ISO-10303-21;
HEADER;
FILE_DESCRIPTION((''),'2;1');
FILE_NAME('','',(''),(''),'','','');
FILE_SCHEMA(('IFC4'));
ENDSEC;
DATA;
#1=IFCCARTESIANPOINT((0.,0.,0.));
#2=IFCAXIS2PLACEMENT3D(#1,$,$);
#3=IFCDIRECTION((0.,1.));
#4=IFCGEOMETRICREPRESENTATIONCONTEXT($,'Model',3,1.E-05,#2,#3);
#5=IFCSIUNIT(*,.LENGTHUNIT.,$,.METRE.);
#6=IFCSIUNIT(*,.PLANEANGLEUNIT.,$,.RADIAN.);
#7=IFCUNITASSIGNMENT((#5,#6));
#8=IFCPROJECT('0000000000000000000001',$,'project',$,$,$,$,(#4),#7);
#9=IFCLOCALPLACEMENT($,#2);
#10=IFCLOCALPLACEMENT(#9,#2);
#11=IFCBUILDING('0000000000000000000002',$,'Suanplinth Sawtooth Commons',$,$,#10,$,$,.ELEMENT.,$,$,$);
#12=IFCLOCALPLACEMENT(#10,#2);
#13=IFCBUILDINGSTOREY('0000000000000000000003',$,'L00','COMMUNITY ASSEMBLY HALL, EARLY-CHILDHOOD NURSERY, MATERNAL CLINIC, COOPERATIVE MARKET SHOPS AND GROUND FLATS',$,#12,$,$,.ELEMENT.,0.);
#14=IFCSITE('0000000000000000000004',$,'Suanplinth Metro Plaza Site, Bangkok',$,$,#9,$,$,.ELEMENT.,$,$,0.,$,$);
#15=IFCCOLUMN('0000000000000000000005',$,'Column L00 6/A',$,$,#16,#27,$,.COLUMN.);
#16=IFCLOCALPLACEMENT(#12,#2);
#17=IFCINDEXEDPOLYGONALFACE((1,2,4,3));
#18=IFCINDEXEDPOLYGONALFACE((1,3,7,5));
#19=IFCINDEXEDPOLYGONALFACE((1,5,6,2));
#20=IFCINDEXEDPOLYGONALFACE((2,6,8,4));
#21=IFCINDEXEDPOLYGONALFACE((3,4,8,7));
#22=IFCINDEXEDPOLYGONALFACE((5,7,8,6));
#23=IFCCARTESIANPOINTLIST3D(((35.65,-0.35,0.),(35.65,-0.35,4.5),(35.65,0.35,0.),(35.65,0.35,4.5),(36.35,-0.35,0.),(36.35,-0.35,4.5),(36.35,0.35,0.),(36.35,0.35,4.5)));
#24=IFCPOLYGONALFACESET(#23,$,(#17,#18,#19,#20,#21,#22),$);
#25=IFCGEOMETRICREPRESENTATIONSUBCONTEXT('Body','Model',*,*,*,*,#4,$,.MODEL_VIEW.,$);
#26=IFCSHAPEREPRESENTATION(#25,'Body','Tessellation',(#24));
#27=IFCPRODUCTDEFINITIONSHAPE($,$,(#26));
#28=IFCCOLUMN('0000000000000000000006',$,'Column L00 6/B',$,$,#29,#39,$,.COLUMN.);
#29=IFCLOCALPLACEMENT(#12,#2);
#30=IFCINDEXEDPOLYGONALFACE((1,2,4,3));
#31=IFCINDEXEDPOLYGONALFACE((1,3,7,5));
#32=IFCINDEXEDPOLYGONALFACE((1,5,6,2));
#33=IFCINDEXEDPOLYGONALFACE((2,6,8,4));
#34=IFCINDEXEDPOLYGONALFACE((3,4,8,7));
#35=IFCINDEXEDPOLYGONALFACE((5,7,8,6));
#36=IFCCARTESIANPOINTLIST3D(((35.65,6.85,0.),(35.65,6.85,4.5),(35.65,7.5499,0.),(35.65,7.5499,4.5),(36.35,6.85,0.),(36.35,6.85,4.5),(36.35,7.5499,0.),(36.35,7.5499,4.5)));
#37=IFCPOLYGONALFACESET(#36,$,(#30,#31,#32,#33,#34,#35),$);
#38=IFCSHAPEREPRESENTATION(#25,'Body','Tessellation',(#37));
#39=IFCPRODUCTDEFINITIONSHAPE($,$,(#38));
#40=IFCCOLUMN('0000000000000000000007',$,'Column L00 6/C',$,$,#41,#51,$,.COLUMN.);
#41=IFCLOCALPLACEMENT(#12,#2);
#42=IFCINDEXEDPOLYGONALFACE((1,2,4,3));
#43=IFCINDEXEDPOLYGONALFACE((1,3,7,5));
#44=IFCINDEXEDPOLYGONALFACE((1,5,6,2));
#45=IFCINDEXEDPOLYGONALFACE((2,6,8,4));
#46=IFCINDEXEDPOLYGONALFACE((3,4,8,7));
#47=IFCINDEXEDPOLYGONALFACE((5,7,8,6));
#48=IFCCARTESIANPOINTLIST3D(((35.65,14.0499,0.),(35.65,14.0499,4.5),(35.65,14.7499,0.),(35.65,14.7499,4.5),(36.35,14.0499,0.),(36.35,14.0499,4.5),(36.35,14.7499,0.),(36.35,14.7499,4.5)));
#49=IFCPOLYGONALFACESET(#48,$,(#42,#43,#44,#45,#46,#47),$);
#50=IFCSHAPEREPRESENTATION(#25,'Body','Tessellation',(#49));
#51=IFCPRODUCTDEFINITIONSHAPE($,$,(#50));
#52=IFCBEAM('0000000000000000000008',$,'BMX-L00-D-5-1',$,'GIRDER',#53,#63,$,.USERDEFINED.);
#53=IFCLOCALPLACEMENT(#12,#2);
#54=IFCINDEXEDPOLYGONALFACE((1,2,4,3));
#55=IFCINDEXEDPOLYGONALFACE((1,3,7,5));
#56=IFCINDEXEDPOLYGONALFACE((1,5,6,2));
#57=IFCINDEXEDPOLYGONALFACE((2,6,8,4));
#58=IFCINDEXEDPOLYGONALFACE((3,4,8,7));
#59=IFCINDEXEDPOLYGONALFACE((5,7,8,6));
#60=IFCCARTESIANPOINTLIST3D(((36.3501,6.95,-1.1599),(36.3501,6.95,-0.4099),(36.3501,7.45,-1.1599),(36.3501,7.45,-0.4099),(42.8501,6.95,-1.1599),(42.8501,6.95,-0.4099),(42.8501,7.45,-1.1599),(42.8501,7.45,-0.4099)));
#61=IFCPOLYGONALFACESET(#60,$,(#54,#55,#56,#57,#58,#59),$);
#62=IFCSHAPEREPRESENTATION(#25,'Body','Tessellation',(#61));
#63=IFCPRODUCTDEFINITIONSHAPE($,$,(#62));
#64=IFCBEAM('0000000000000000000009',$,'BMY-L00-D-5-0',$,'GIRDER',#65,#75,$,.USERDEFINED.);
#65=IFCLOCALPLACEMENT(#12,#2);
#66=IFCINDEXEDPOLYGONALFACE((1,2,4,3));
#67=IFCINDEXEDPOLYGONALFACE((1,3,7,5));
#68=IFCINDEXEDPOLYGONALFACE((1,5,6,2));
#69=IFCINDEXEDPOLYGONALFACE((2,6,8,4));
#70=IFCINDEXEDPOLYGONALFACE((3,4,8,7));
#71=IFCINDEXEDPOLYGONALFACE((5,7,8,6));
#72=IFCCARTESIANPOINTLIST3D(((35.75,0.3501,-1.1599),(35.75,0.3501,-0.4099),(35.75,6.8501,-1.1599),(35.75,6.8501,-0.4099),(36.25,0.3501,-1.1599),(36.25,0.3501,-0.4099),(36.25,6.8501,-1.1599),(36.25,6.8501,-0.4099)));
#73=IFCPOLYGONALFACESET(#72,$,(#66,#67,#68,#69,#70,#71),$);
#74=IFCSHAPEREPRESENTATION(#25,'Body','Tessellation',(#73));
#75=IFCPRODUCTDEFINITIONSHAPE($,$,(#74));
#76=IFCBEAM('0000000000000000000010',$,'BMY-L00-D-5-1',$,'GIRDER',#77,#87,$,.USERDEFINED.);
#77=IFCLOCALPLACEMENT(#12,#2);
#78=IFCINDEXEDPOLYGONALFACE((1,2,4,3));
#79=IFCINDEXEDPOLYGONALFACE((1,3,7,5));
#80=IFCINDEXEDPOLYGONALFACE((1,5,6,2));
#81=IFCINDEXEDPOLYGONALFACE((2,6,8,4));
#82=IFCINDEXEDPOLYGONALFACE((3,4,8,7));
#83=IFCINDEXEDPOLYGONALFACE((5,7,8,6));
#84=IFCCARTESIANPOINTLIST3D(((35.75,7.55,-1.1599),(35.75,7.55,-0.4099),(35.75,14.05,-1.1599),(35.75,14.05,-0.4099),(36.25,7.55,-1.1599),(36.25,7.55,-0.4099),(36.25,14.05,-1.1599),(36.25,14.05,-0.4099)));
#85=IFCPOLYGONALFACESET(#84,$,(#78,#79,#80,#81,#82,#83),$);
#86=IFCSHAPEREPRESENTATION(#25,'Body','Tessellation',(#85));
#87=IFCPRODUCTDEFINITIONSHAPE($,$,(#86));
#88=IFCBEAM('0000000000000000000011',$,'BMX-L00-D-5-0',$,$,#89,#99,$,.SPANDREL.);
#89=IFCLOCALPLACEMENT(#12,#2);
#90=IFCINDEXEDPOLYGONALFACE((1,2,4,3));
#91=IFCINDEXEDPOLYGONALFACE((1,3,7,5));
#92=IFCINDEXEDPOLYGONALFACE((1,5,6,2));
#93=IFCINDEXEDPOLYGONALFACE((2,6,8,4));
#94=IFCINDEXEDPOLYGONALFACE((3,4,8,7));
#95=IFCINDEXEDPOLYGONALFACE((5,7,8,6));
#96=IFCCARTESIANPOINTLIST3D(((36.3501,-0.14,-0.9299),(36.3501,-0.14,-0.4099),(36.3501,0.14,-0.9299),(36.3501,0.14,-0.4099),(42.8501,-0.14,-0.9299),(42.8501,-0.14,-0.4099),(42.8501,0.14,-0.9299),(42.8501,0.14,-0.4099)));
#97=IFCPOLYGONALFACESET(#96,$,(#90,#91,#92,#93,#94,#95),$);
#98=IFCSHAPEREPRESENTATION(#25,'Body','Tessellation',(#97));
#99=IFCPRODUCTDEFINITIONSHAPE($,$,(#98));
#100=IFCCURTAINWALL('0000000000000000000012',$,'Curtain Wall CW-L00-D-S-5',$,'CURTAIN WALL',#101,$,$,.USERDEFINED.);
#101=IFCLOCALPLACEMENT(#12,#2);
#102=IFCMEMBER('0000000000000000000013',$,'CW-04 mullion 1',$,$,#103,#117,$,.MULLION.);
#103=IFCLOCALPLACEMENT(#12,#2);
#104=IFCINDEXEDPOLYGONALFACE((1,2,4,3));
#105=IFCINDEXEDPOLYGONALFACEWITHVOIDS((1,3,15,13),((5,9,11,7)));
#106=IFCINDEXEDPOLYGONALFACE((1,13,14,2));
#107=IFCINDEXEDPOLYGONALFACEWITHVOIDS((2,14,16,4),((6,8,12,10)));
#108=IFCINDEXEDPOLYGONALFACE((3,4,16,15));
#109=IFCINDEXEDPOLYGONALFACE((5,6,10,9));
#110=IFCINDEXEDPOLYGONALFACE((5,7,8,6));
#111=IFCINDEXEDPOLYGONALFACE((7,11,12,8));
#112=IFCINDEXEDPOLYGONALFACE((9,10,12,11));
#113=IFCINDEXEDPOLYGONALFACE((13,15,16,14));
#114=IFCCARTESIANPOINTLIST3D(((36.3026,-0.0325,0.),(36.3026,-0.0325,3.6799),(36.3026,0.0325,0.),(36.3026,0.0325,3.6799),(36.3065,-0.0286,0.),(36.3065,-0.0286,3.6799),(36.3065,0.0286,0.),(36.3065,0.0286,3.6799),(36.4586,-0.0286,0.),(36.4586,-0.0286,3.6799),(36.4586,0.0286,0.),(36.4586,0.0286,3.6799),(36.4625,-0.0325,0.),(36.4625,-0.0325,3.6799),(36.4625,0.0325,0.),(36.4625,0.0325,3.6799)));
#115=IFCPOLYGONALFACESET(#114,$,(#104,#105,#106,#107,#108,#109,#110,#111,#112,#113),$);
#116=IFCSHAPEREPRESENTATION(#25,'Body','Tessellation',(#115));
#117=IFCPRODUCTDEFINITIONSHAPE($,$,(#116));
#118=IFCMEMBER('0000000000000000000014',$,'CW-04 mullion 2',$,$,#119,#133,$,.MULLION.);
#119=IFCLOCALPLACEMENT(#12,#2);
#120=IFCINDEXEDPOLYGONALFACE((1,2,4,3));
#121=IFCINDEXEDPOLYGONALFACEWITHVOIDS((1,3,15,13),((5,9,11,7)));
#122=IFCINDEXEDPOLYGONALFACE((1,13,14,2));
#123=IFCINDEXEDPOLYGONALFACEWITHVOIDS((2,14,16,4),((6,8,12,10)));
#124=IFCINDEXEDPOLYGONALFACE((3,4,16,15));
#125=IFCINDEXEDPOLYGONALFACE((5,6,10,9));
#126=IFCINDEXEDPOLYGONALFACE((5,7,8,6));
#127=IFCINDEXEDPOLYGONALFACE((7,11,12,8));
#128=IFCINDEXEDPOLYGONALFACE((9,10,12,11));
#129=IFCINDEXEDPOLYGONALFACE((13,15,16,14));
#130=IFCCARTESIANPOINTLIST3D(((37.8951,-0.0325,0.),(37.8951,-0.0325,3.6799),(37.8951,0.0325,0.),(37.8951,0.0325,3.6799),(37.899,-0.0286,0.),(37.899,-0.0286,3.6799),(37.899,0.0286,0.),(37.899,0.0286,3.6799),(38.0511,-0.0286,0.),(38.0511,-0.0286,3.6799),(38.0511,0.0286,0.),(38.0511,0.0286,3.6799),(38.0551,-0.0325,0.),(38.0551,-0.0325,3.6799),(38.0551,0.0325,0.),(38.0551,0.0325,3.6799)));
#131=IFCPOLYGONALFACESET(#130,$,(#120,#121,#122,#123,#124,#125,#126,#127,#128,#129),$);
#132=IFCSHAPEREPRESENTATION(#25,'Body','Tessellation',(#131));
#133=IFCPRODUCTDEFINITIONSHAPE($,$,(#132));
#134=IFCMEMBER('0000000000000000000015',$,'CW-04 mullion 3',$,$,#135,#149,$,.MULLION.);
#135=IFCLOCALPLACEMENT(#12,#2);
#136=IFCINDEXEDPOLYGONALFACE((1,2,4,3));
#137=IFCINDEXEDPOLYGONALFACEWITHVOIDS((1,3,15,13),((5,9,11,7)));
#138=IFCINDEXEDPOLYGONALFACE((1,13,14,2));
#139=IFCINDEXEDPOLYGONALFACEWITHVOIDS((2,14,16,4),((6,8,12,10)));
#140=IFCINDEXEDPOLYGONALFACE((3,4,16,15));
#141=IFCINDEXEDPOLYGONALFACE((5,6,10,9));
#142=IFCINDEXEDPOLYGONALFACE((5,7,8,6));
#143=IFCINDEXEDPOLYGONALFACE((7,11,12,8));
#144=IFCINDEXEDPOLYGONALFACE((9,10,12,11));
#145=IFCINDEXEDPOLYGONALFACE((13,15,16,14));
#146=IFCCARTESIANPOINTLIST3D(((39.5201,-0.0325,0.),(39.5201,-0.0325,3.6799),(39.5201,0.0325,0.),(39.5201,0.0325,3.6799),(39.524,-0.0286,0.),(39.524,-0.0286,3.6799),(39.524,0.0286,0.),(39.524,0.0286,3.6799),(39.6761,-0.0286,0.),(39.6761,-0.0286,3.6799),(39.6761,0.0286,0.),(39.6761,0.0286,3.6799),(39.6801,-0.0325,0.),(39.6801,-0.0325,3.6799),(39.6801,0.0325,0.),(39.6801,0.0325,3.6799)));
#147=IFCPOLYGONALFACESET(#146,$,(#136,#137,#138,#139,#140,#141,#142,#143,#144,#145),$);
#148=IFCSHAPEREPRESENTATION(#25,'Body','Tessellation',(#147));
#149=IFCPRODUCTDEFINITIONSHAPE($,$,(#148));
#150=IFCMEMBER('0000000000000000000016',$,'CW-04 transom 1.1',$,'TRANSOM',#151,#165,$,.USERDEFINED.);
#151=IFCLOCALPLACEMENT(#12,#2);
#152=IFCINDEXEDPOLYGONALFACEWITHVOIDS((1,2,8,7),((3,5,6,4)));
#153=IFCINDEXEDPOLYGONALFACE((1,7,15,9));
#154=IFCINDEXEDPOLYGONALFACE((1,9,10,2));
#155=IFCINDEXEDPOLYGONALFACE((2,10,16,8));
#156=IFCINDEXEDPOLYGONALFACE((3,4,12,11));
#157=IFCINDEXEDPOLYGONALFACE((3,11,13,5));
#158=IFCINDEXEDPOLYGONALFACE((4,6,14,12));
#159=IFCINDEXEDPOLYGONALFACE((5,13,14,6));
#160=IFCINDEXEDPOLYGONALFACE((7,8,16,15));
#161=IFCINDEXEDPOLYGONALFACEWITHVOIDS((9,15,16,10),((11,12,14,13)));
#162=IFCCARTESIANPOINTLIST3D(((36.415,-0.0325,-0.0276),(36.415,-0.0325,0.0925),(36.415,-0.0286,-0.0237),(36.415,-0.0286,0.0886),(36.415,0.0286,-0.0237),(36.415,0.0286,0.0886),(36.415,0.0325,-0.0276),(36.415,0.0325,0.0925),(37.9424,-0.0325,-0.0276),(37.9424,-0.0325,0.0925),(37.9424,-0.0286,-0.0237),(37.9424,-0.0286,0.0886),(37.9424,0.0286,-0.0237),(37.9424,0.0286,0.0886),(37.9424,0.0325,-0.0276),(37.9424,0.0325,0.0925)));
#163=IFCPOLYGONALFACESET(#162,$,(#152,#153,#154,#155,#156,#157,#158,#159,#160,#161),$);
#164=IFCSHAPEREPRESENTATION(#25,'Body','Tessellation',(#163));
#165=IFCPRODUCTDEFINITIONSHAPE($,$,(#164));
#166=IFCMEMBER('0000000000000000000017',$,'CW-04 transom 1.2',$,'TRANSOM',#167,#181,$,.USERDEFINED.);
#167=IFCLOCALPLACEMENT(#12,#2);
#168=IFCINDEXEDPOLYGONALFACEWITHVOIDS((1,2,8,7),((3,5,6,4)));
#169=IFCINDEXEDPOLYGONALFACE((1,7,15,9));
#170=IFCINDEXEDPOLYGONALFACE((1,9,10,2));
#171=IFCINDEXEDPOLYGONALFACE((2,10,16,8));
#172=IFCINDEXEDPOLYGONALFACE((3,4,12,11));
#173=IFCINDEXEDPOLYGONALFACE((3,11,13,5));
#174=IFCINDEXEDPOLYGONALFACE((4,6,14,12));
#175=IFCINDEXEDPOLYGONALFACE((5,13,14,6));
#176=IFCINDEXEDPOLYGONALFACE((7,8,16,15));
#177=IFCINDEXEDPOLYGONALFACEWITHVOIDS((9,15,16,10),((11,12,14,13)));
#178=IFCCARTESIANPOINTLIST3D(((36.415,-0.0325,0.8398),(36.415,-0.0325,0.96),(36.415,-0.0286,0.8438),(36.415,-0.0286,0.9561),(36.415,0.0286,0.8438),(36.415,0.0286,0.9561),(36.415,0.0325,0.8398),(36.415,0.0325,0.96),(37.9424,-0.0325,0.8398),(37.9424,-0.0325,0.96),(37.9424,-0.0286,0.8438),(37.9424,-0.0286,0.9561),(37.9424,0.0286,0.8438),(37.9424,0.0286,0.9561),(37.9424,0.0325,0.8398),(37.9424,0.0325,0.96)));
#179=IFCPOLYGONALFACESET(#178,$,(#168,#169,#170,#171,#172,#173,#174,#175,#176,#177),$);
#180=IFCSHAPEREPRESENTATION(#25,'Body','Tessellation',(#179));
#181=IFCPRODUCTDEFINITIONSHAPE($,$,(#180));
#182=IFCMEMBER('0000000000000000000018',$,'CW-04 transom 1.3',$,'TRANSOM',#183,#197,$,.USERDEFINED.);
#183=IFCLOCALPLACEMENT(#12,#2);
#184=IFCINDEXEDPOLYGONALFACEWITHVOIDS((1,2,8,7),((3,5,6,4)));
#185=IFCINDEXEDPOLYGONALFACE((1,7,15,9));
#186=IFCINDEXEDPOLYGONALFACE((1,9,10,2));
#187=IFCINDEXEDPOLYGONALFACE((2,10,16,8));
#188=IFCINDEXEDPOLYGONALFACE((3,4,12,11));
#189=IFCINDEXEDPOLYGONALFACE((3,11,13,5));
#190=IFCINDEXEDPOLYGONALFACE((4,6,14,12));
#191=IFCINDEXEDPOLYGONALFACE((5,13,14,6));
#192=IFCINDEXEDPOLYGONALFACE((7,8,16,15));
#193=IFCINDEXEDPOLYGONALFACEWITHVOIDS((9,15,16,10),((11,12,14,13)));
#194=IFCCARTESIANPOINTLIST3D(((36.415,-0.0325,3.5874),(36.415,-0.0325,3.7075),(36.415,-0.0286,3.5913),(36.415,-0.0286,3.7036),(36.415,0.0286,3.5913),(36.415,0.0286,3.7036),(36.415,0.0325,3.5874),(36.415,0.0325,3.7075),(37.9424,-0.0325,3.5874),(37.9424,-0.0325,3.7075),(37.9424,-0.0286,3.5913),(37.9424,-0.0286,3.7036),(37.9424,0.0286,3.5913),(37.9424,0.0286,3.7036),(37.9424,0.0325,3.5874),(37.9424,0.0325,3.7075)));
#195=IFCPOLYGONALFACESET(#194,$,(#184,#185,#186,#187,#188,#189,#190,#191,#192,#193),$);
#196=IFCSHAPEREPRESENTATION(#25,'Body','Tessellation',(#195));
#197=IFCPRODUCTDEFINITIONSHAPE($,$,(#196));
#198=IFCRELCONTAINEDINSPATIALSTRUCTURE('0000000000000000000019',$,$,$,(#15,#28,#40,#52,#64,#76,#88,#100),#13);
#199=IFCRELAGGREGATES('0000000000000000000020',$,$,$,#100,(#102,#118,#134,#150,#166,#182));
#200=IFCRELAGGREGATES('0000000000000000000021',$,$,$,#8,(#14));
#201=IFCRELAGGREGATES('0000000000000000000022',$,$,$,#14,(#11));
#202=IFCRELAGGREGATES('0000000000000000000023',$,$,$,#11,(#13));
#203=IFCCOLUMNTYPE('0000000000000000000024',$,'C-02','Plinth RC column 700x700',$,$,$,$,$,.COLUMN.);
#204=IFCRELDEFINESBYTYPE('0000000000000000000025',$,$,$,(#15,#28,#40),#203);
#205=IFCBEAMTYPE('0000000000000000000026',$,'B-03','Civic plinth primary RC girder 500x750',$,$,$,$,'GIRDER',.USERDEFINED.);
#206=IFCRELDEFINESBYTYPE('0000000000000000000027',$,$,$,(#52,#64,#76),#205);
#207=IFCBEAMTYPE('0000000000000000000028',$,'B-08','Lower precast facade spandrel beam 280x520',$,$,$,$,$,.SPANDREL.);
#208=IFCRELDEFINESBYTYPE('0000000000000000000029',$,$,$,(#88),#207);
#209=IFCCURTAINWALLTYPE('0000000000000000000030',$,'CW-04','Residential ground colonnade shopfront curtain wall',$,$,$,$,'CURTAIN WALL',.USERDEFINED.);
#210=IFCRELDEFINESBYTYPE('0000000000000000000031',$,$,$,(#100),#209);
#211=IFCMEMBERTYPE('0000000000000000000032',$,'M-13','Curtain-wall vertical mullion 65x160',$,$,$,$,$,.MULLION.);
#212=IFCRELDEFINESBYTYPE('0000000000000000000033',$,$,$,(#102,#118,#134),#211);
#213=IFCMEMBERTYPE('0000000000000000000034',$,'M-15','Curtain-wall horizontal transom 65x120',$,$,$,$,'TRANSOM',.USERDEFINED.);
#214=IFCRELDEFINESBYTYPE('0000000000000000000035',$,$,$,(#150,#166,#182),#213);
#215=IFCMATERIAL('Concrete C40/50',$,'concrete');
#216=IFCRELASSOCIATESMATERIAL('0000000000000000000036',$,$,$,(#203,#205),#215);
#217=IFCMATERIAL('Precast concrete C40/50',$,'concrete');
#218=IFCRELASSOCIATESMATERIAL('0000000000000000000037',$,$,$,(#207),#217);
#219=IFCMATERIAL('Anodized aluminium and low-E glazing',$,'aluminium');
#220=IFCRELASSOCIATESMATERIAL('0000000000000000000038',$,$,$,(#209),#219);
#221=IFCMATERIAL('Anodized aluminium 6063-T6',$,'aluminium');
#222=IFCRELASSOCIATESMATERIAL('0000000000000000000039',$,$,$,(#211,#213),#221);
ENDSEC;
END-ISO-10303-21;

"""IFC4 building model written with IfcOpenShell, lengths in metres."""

from ifc_helpers import new_model, si_unit, direction, frame, origin, origin_2d, place, context, subcontext, project, spatial, rectangle, hollow_rectangle, extrude, material, material_profile, profile_set, type_object, element, aggregate, save


model = new_model("IFC4")

# Units and contexts
model_context = context("Model", 3, precision=1e-05, world=origin(), true_north=direction((0.0, 1.0)))
body_context = subcontext(model_context, "Body", "Model", "MODEL_VIEW")
ifc_project = project(units=[si_unit("LENGTHUNIT", "METRE"), si_unit("PLANEANGLEUNIT", "RADIAN")], contexts=[model_context])

# Site, building, storey
site_placement = place(None, origin())
site = spatial("IfcSite", under=ifc_project, at=site_placement, Name="Suanplinth Metro Plaza Site, Bangkok", CompositionType="ELEMENT", RefElevation=0.0)
building_placement = place(site_placement, origin())
building = spatial("IfcBuilding", under=site, at=building_placement, Name="Suanplinth Sawtooth Commons", CompositionType="ELEMENT")
storey_placement = place(building_placement, origin())
storey = spatial("IfcBuildingStorey", under=building, at=storey_placement, Name="L00", Description="COMMUNITY ASSEMBLY HALL, EARLY-CHILDHOOD NURSERY, MATERNAL CLINIC, COOPERATIVE MARKET SHOPS AND GROUND FLATS", CompositionType="ELEMENT", Elevation=0.0)

# Columns
ifc_material_1 = material(Name="Concrete C40/50", Category="concrete")
ifc_material_profile_1 = material_profile(ifc_material_1, rectangle(XDim=0.7, YDim=0.7, at=origin_2d()), Name="RC-COL 700x700")
ifc_profile_set_1 = profile_set([ifc_material_profile_1], Name="Concrete C40/50")
column_type = type_object("IfcColumnType", Name="C-02", Description="Plinth RC column 700x700", PredefinedType="COLUMN", material=ifc_profile_set_1)
for number, where, z_axis, x_axis, name in (
    (1, (36.0, 0.0, 0.0), (0.0, 0.0, 1.0), (1.0, 0.0, 0.0), "Column L00 6/A"),
    (2, (36.0, 7.2, 0.0), (0.0, 0.0, 1.0), (1.0, 0.0, 0.0), "Column L00 6/B"),
    (3, (36.0, 14.3999, 0.0), (0.0, 0.0, 1.0), (1.0, 0.0, 0.0), "Column L00 6/C"),
):
    element("IfcColumn", number, at=place(storey_placement, frame(where, z_axis=z_axis, x_axis=x_axis)), inside=storey, type_object=column_type, Name=name, PredefinedType="COLUMN", context=body_context, shape_type="SweptSolid", body=[
        extrude(rectangle(XDim=0.7, YDim=0.7, at=origin_2d()), origin(), (0.0, 0.0, 1.0), 4.5),
    ])

# Beams
ifc_material_profile_2 = material_profile(ifc_material_1, rectangle(XDim=0.5, YDim=0.75, at=origin_2d()), Name="RC-GDR 500x750")
ifc_profile_set_2 = profile_set([ifc_material_profile_2], Name="Concrete C40/50")
beam_type_1 = type_object("IfcBeamType", Name="B-03", Description="Civic plinth primary RC girder 500x750", ElementType="GIRDER", PredefinedType="USERDEFINED", material=ifc_profile_set_2)
for number, where, z_axis, x_axis, name in (
    (4, (36.3501, 7.2, -0.7849), (1.0, 0.0, 0.0), (0.0, 1.0, 0.0), "BMX-L00-D-5-1"),
    (5, (36.0, 0.3501, -0.7849), (0.0, 1.0, 0.0), (-1.0, 0.0, 0.0), "BMY-L00-D-5-0"),
    (6, (36.0, 7.55, -0.7849), (0.0, 1.0, 0.0), (-1.0, 0.0, 0.0), "BMY-L00-D-5-1"),
):
    element("IfcBeam", number, at=place(storey_placement, frame(where, z_axis=z_axis, x_axis=x_axis)), inside=storey, type_object=beam_type_1, Name=name, ObjectType="GIRDER", PredefinedType="USERDEFINED", context=body_context, shape_type="SweptSolid", body=[
        extrude(rectangle(XDim=0.5, YDim=0.75, at=origin_2d()), origin(), (0.0, 0.0, 1.0), 6.5),
    ])
ifc_material_2 = material(Name="Precast concrete C40/50", Category="concrete")
ifc_material_profile_3 = material_profile(ifc_material_2, rectangle(XDim=0.28, YDim=0.52, at=origin_2d()), Name="PC-SP 280x520")
ifc_profile_set_3 = profile_set([ifc_material_profile_3], Name="Precast concrete C40/50")
beam_type_2 = type_object("IfcBeamType", Name="B-08", Description="Lower precast facade spandrel beam 280x520", PredefinedType="SPANDREL", material=ifc_profile_set_3)
beam_placement = place(storey_placement, frame((36.3501, 0.0, -0.6699), z_axis=(1.0, 0.0, 0.0), x_axis=(0.0, 1.0, 0.0)))
element("IfcBeam", 7, at=beam_placement, inside=storey, type_object=beam_type_2, Name="BMX-L00-D-5-0", PredefinedType="SPANDREL", context=body_context, shape_type="SweptSolid", body=[
    extrude(rectangle(XDim=0.28, YDim=0.52, at=origin_2d()), origin(), (0.0, 0.0, 1.0), 6.5),
])

# Curtain wall, members
ifc_material_3 = material(Name="Anodized aluminium and low-E glazing", Category="aluminium")
curtain_wall_type = type_object("IfcCurtainWallType", Name="CW-04", Description="Residential ground colonnade shopfront curtain wall", ElementType="CURTAIN WALL", PredefinedType="USERDEFINED", material=ifc_material_3)
curtain_wall_placement = place(storey_placement, origin())
curtain_wall = element("IfcCurtainWall", 8, at=curtain_wall_placement, inside=storey, type_object=curtain_wall_type, Name="Curtain Wall CW-L00-D-S-5", ObjectType="CURTAIN WALL", PredefinedType="USERDEFINED")
ifc_material_4 = material(Name="Anodized aluminium 6063-T6", Category="aluminium")
ifc_material_profile_4 = material_profile(ifc_material_4, hollow_rectangle(XDim=0.0649, YDim=0.1599, WallThickness=0.0039, at=origin_2d()), Name="ALU-MUL 65x160")
ifc_profile_set_4 = profile_set([ifc_material_profile_4], Name="Anodized aluminium 6063-T6")
member_type_1 = type_object("IfcMemberType", Name="M-13", Description="Curtain-wall vertical mullion 65x160", PredefinedType="MULLION", material=ifc_profile_set_4)
member_1_placement = place(storey_placement, frame((36.3826, 0.0, 0.0), z_axis=(0.0, 0.0, 1.0), x_axis=(0.0, 1.0, 0.0)))
member_1 = element("IfcMember", 9, at=member_1_placement, type_object=member_type_1, Name="CW-04 mullion 1", PredefinedType="MULLION", context=body_context, shape_type="SweptSolid", body=[
    extrude(hollow_rectangle(XDim=0.0649, YDim=0.1599, WallThickness=0.0039, at=origin_2d()), origin(), (0.0, 0.0, 1.0), 3.6799),
])
member_2_placement = place(storey_placement, frame((37.9751, 0.0, 0.0), z_axis=(0.0, 0.0, 1.0), x_axis=(0.0, 1.0, 0.0)))
member_2 = element("IfcMember", 10, at=member_2_placement, type_object=member_type_1, Name="CW-04 mullion 2", PredefinedType="MULLION", context=body_context, shape_type="SweptSolid", body=[
    extrude(hollow_rectangle(XDim=0.0649, YDim=0.1599, WallThickness=0.0039, at=origin_2d()), origin(), (0.0, 0.0, 1.0), 3.6799),
])
member_3_placement = place(storey_placement, frame((39.6001, 0.0, 0.0), z_axis=(0.0, 0.0, 1.0), x_axis=(0.0, 1.0, 0.0)))
member_3 = element("IfcMember", 11, at=member_3_placement, type_object=member_type_1, Name="CW-04 mullion 3", PredefinedType="MULLION", context=body_context, shape_type="SweptSolid", body=[
    extrude(hollow_rectangle(XDim=0.0649, YDim=0.1599, WallThickness=0.0039, at=origin_2d()), origin(), (0.0, 0.0, 1.0), 3.6799),
])
ifc_material_profile_5 = material_profile(ifc_material_4, hollow_rectangle(XDim=0.0649, YDim=0.1201, WallThickness=0.0039, at=origin_2d()), Name="ALU-TRN 65x120")
ifc_profile_set_5 = profile_set([ifc_material_profile_5], Name="Anodized aluminium 6063-T6")
member_type_2 = type_object("IfcMemberType", Name="M-15", Description="Curtain-wall horizontal transom 65x120", ElementType="TRANSOM", PredefinedType="USERDEFINED", material=ifc_profile_set_5)
member_4_placement = place(storey_placement, frame((36.415, 0.0, 0.0325), z_axis=(1.0, 0.0, 0.0), x_axis=(0.0, 1.0, 0.0)))
member_4 = element("IfcMember", 12, at=member_4_placement, type_object=member_type_2, Name="CW-04 transom 1.1", ObjectType="TRANSOM", PredefinedType="USERDEFINED", context=body_context, shape_type="SweptSolid", body=[
    extrude(hollow_rectangle(XDim=0.0649, YDim=0.1201, WallThickness=0.0039, at=origin_2d()), origin(), (0.0, 0.0, 1.0), 1.5273),
])
member_5_placement = place(storey_placement, frame((36.415, 0.0, 0.8999), z_axis=(1.0, 0.0, 0.0), x_axis=(0.0, 1.0, 0.0)))
member_5 = element("IfcMember", 13, at=member_5_placement, type_object=member_type_2, Name="CW-04 transom 1.2", ObjectType="TRANSOM", PredefinedType="USERDEFINED", context=body_context, shape_type="SweptSolid", body=[
    extrude(hollow_rectangle(XDim=0.0649, YDim=0.1201, WallThickness=0.0039, at=origin_2d()), origin(), (0.0, 0.0, 1.0), 1.5273),
])
member_6_placement = place(storey_placement, frame((36.415, 0.0, 3.6475), z_axis=(1.0, 0.0, 0.0), x_axis=(0.0, 1.0, 0.0)))
member_6 = element("IfcMember", 14, at=member_6_placement, type_object=member_type_2, Name="CW-04 transom 1.3", ObjectType="TRANSOM", PredefinedType="USERDEFINED", context=body_context, shape_type="SweptSolid", body=[
    extrude(hollow_rectangle(XDim=0.0649, YDim=0.1201, WallThickness=0.0039, at=origin_2d()), origin(), (0.0, 0.0, 1.0), 1.5273),
])
aggregate(curtain_wall, [member_1, member_2, member_3, member_4, member_5, member_6])

save(model, "model.ifc")
